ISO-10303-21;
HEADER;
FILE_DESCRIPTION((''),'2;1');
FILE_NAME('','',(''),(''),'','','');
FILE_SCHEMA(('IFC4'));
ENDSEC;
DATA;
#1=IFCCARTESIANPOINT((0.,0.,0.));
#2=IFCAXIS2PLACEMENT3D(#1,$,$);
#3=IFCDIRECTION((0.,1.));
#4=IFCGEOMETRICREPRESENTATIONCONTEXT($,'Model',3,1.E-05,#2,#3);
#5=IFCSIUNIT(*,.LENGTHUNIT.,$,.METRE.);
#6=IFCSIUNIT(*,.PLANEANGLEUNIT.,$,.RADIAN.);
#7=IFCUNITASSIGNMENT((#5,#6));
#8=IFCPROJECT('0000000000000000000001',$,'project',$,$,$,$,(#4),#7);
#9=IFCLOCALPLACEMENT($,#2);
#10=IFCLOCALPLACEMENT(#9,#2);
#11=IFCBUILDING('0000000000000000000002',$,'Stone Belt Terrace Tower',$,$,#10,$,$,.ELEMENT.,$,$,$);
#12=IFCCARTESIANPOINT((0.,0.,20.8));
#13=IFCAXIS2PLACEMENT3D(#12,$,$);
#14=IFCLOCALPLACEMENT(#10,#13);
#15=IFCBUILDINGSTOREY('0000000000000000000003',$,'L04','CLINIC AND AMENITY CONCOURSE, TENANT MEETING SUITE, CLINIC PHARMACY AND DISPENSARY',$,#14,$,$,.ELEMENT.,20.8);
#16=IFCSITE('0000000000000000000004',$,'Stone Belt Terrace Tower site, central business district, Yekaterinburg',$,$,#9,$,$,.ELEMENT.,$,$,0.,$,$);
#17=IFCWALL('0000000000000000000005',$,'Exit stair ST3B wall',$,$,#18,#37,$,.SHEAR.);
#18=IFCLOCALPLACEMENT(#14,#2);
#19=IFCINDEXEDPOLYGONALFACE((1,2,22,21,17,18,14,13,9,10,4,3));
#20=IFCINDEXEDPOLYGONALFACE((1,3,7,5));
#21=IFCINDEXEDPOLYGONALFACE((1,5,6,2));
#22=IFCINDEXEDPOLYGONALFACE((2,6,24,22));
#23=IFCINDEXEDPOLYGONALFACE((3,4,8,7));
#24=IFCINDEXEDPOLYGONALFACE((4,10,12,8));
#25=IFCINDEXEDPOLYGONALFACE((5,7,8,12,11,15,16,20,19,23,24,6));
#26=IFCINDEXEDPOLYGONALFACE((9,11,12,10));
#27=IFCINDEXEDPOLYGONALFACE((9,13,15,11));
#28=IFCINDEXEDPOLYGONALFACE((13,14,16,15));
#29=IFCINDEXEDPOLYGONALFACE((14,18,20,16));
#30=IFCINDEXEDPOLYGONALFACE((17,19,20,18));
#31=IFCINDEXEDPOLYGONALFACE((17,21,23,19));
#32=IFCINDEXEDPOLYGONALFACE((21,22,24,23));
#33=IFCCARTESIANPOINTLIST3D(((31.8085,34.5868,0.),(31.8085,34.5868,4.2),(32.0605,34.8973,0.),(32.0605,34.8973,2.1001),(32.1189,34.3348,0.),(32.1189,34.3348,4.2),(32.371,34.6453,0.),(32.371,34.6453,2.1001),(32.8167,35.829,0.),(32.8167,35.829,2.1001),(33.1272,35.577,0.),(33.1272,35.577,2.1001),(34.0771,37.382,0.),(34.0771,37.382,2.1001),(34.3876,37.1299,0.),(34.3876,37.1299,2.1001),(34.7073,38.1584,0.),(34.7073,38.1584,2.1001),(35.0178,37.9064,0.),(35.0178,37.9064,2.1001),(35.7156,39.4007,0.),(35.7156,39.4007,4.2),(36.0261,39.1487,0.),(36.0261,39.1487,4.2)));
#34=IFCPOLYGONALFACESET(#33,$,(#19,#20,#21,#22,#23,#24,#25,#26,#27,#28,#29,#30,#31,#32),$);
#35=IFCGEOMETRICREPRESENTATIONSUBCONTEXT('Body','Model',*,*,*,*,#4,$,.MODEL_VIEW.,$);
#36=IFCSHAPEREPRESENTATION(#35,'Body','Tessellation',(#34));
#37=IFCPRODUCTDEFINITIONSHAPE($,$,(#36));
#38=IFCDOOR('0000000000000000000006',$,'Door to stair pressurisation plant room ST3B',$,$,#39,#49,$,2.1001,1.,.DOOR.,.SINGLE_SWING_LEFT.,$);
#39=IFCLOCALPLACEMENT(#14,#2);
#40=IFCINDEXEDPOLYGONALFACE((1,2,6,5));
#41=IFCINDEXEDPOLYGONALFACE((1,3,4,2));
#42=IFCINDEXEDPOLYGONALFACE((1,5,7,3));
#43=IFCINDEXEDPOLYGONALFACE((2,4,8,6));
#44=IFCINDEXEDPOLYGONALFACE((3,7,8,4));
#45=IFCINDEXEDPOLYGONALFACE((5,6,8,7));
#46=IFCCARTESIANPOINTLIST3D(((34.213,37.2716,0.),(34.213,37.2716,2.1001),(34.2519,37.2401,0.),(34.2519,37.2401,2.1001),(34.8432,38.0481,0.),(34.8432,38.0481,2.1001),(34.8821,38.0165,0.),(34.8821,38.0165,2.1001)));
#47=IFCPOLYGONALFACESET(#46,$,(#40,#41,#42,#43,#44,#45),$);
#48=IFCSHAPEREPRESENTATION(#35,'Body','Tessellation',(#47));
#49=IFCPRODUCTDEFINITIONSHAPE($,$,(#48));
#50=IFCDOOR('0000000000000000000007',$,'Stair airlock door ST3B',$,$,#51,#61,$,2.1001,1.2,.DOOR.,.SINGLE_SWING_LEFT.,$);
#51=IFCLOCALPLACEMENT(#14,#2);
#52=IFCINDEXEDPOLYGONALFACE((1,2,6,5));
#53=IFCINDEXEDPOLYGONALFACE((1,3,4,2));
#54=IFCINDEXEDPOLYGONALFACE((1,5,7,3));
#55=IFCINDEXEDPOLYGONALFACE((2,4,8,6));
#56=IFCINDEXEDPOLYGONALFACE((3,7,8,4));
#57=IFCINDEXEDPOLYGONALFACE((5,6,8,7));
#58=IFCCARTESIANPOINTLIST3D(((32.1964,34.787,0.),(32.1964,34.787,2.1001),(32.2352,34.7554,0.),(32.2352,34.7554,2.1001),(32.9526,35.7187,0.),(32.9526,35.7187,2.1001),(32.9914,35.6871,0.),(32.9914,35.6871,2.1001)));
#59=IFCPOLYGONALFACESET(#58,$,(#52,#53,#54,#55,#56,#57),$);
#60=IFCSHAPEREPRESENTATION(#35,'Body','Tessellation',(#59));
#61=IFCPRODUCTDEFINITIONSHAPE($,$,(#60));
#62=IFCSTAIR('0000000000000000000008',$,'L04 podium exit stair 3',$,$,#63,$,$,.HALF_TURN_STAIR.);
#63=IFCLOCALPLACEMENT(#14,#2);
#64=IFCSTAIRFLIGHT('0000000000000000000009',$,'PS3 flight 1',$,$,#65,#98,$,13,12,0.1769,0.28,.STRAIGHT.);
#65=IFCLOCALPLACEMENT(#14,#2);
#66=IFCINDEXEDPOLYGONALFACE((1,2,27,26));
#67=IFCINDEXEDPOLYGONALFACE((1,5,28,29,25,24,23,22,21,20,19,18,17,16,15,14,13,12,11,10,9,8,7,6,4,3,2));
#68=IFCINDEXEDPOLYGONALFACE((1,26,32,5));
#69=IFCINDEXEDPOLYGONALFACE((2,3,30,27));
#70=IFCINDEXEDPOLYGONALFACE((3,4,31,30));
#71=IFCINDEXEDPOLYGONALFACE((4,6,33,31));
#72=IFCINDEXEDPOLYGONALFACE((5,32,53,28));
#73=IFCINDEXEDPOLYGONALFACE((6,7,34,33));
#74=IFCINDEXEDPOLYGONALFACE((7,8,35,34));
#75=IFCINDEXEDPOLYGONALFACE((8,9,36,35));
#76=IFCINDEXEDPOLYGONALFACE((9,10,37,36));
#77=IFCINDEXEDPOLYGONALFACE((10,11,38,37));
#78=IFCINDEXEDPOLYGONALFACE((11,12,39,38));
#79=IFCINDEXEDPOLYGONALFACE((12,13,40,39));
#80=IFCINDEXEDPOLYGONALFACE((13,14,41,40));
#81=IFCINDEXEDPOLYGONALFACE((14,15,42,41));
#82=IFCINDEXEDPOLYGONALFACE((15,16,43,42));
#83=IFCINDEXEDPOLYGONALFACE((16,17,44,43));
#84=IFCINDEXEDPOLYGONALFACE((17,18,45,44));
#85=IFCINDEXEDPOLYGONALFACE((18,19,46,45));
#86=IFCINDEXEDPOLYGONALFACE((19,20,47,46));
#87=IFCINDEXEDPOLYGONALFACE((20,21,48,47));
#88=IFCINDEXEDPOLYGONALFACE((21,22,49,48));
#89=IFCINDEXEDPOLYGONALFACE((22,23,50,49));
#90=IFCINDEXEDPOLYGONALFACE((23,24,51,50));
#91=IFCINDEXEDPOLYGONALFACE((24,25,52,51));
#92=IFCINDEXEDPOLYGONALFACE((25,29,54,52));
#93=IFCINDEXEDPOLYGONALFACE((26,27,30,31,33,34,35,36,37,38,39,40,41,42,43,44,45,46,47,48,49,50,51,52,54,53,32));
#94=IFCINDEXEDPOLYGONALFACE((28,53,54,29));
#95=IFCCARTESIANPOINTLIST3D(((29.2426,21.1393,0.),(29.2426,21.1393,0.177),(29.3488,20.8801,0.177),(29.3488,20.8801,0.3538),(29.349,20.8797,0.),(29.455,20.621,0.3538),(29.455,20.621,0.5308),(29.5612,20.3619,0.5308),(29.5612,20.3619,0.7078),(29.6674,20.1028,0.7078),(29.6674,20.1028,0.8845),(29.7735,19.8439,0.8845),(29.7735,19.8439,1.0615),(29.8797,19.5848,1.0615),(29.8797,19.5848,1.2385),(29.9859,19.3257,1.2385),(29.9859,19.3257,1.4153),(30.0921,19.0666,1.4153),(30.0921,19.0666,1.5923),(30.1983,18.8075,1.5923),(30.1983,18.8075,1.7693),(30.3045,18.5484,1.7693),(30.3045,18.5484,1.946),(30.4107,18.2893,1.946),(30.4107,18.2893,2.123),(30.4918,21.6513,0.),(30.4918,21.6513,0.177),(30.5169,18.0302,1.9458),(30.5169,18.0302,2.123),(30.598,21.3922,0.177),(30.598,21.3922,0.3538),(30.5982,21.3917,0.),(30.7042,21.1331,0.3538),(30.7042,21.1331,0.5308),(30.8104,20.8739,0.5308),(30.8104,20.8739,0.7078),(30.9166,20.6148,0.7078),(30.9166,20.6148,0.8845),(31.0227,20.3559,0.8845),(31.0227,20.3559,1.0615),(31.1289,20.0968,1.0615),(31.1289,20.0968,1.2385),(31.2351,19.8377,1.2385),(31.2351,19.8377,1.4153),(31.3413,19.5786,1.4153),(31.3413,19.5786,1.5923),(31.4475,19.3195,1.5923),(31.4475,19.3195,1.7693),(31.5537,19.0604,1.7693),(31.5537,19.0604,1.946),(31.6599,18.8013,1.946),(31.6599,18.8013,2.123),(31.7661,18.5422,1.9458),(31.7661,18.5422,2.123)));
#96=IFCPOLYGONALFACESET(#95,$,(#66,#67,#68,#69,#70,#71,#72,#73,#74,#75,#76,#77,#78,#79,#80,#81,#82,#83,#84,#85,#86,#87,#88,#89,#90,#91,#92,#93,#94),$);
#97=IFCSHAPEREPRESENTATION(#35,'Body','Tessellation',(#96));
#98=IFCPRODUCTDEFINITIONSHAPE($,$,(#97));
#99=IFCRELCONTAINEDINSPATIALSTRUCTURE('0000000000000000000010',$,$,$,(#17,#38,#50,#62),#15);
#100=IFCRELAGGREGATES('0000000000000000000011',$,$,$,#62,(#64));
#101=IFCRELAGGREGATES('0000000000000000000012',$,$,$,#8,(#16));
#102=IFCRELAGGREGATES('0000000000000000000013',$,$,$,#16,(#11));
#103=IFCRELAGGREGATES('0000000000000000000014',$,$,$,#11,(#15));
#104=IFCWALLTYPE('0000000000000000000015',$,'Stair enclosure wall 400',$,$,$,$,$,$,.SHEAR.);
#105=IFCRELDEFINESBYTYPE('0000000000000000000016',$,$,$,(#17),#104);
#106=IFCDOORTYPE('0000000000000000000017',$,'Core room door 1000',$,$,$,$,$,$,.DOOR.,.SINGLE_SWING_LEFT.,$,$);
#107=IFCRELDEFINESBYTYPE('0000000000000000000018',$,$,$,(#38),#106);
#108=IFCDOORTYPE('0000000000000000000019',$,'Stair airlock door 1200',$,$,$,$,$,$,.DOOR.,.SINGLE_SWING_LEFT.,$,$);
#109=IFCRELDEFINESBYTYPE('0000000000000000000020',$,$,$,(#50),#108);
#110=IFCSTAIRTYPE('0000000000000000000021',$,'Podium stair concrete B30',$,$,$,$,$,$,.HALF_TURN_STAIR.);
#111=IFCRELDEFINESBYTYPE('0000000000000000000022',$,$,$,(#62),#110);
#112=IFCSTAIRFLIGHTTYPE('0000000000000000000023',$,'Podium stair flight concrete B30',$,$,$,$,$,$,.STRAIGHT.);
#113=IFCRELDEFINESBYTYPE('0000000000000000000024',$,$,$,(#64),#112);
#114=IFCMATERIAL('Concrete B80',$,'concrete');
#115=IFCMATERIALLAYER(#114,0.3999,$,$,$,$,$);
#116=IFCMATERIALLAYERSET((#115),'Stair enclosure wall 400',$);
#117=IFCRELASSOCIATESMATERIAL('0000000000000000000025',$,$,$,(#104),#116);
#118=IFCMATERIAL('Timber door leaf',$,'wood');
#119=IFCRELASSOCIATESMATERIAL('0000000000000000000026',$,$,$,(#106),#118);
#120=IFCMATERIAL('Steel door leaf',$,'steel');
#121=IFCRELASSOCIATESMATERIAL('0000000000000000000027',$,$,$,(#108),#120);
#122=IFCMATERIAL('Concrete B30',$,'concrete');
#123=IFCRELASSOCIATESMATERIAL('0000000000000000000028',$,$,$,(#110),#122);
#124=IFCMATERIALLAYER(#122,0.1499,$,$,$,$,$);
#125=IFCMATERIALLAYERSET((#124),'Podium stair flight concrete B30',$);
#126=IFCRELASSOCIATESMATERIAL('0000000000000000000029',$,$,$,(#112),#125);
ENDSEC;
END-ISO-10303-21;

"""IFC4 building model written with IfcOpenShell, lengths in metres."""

from ifc_helpers import new_model, si_unit, direction, frame, frame_2d, origin, place, context, subcontext, project, spatial, polyline, rectangle, outline, extrude, material, layer, layer_set, type_object, element, fill, aggregate, save


model = new_model("IFC4")

# Units and contexts
model_context = context("Model", 3, precision=1e-05, world=origin(), true_north=direction((0.0, 1.0)))
body_context = subcontext(model_context, "Body", "Model", "MODEL_VIEW")
ifc_project = project(units=[si_unit("LENGTHUNIT", "METRE"), si_unit("PLANEANGLEUNIT", "RADIAN")], contexts=[model_context])

# Site, building, storey
site_placement = place(None, origin())
site = spatial("IfcSite", under=ifc_project, at=site_placement, Name="Stone Belt Terrace Tower site, central business district, Yekaterinburg", CompositionType="ELEMENT", RefElevation=0.0)
building_placement = place(site_placement, origin())
building = spatial("IfcBuilding", under=site, at=building_placement, Name="Stone Belt Terrace Tower", CompositionType="ELEMENT")
storey_placement = place(building_placement, frame((0.0, 0.0, 20.8)))
storey = spatial("IfcBuildingStorey", under=building, at=storey_placement, Name="L04", Description="CLINIC AND AMENITY CONCOURSE, TENANT MEETING SUITE, CLINIC PHARMACY AND DISPENSARY", CompositionType="ELEMENT", Elevation=20.8)

# Shared definitions
ifc_material_1 = material(Name="Concrete B80", Category="concrete")

# Shared definitions
ifc_material_2 = material(Name="Concrete B30", Category="concrete")

# Wall, openings, doors
ifc_layer_1 = layer(ifc_material_1, 0.3999)
ifc_layer_set_1 = layer_set([ifc_layer_1], Name="Stair enclosure wall 400")
wall_type_1 = type_object("IfcWallType", Name="Stair enclosure wall 400", PredefinedType="SHEAR", material=ifc_layer_set_1)
wall_1_placement = place(storey_placement, frame((31.9636, 34.4607, 0.0), z_axis=(0.0, 0.0, 1.0), x_axis=(0.630192, 0.776439, 0.0)))
wall_1 = element("IfcWall", 1, at=wall_1_placement, inside=storey, type_object=wall_type_1, Name="Exit stair ST3B wall", PredefinedType="SHEAR", context=body_context, shape_type="SweptSolid", body=[
    extrude(rectangle(XDim=6.2, YDim=0.3999, at=frame_2d((3.1001, 0.0))), origin(), (0.0, 0.0, 1.0), 4.2),
])
opening_1_placement = place(wall_1_placement, frame((0.3999, 0.0, 0.0)))
opening_1 = element("IfcOpeningElement", 2, at=opening_1_placement, cuts=wall_1, PredefinedType="OPENING", context=body_context, shape_type="SweptSolid", body=[
    extrude(rectangle(XDim=1.2, YDim=2.1001, at=frame_2d((0.6001, 1.05))), frame((0.0, 0.21, 0.0), z_axis=(0.0, -1.0, 0.0), x_axis=(1.0, 0.0, 0.0)), (0.0, 0.0, 1.0), 0.4199),
])
opening_2_placement = place(wall_1_placement, frame((3.6001, 0.0, 0.0)))
opening_2 = element("IfcOpeningElement", 3, at=opening_2_placement, cuts=wall_1, PredefinedType="OPENING", context=body_context, shape_type="SweptSolid", body=[
    extrude(rectangle(XDim=1.0, YDim=2.1001, at=frame_2d((0.5, 1.05))), frame((0.0, 0.21, 0.0), z_axis=(0.0, -1.0, 0.0), x_axis=(1.0, 0.0, 0.0)), (0.0, 0.0, 1.0), 0.4199),
])
ifc_material_3 = material(Name="Timber door leaf", Category="wood")
door_type_1 = type_object("IfcDoorType", Name="Core room door 1000", OperationType="SINGLE_SWING_LEFT", PredefinedType="DOOR", material=ifc_material_3)
door_1_placement = place(opening_2_placement, origin())
door_1 = element("IfcDoor", 4, at=door_1_placement, inside=storey, type_object=door_type_1, Name="Door to stair pressurisation plant room ST3B", OperationType="SINGLE_SWING_LEFT", OverallHeight=2.1001, OverallWidth=1.0, PredefinedType="DOOR", context=body_context, shape_type="SweptSolid", body=[
    extrude(rectangle(XDim=1.0, YDim=2.1001, at=frame_2d((0.5, 1.05))), frame((0.0, 0.0249, 0.0), z_axis=(0.0, -1.0, 0.0), x_axis=(1.0, 0.0, 0.0)), (0.0, 0.0, 1.0), 0.05),
])
fill(opening_2, door_1)
ifc_material_4 = material(Name="Steel door leaf", Category="steel")
door_type_2 = type_object("IfcDoorType", Name="Stair airlock door 1200", OperationType="SINGLE_SWING_LEFT", PredefinedType="DOOR", material=ifc_material_4)
door_2_placement = place(opening_1_placement, origin())
door_2 = element("IfcDoor", 5, at=door_2_placement, inside=storey, type_object=door_type_2, Name="Stair airlock door ST3B", OperationType="SINGLE_SWING_LEFT", OverallHeight=2.1001, OverallWidth=1.2, PredefinedType="DOOR", context=body_context, shape_type="SweptSolid", body=[
    extrude(rectangle(XDim=1.2, YDim=2.1001, at=frame_2d((0.6001, 1.05))), frame((0.0, 0.0249, 0.0), z_axis=(0.0, -1.0, 0.0), x_axis=(1.0, 0.0, 0.0)), (0.0, 0.0, 1.0), 0.05),
])
fill(opening_1, door_2)

# Stair, stair flight
stair_type = type_object("IfcStairType", Name="Podium stair concrete B30", PredefinedType="HALF_TURN_STAIR", material=ifc_material_2)
stair_placement = place(storey_placement, origin())
stair = element("IfcStair", 6, at=stair_placement, inside=storey, type_object=stair_type, Name="L04 podium exit stair 3", PredefinedType="HALF_TURN_STAIR")
ifc_layer_2 = layer(ifc_material_2, 0.1499)
ifc_layer_set_2 = layer_set([ifc_layer_2], Name="Podium stair flight concrete B30")
stair_flight_type = type_object("IfcStairFlightType", Name="Podium stair flight concrete B30", PredefinedType="STRAIGHT", material=ifc_layer_set_2)
stair_flight_placement = place(storey_placement, frame((29.8672, 21.3953, 0.0), z_axis=(0.0, 0.0, 1.0), x_axis=(0.379243, -0.925297, 0.0)))
stair_flight = element("IfcStairFlight", 7, at=stair_flight_placement, type_object=stair_flight_type, Name="PS3 flight 1", NumberOfRisers=13, NumberOfTreads=12, PredefinedType="STRAIGHT", RiserHeight=0.1769, TreadLength=0.28, context=body_context, shape_type="SweptSolid", body=[
    extrude(outline(polyline([(0.0, 0.0), (0.0, 0.177), (0.28, 0.177), (0.28, 0.3538), (0.5601, 0.3538), (0.5601, 0.5308), (0.8401, 0.5308), (0.8401, 0.7078), (1.1201, 0.7078), (1.1201, 0.8845), (1.3999, 0.8845), (1.3999, 1.0615), (1.6799, 1.0615), (1.6799, 1.2385), (1.96, 1.2385), (1.96, 1.4153), (2.24, 1.4153), (2.24, 1.5923), (2.52, 1.5923), (2.52, 1.7693), (2.8, 1.7693), (2.8, 1.946), (3.0801, 1.946), (3.0801, 2.123), (3.3601, 2.123), (3.3601, 2.3), (3.3601, 1.9458), (0.2805, 0.0), (0.0, 0.0)])), frame((0.0, 0.675, 0.0), z_axis=(0.0, -1.0, 0.0), x_axis=(1.0, 0.0, 0.0)), (0.0, 0.0, 1.0), 1.3501),
])
aggregate(stair, [stair_flight])

save(model, "model.ifc")
